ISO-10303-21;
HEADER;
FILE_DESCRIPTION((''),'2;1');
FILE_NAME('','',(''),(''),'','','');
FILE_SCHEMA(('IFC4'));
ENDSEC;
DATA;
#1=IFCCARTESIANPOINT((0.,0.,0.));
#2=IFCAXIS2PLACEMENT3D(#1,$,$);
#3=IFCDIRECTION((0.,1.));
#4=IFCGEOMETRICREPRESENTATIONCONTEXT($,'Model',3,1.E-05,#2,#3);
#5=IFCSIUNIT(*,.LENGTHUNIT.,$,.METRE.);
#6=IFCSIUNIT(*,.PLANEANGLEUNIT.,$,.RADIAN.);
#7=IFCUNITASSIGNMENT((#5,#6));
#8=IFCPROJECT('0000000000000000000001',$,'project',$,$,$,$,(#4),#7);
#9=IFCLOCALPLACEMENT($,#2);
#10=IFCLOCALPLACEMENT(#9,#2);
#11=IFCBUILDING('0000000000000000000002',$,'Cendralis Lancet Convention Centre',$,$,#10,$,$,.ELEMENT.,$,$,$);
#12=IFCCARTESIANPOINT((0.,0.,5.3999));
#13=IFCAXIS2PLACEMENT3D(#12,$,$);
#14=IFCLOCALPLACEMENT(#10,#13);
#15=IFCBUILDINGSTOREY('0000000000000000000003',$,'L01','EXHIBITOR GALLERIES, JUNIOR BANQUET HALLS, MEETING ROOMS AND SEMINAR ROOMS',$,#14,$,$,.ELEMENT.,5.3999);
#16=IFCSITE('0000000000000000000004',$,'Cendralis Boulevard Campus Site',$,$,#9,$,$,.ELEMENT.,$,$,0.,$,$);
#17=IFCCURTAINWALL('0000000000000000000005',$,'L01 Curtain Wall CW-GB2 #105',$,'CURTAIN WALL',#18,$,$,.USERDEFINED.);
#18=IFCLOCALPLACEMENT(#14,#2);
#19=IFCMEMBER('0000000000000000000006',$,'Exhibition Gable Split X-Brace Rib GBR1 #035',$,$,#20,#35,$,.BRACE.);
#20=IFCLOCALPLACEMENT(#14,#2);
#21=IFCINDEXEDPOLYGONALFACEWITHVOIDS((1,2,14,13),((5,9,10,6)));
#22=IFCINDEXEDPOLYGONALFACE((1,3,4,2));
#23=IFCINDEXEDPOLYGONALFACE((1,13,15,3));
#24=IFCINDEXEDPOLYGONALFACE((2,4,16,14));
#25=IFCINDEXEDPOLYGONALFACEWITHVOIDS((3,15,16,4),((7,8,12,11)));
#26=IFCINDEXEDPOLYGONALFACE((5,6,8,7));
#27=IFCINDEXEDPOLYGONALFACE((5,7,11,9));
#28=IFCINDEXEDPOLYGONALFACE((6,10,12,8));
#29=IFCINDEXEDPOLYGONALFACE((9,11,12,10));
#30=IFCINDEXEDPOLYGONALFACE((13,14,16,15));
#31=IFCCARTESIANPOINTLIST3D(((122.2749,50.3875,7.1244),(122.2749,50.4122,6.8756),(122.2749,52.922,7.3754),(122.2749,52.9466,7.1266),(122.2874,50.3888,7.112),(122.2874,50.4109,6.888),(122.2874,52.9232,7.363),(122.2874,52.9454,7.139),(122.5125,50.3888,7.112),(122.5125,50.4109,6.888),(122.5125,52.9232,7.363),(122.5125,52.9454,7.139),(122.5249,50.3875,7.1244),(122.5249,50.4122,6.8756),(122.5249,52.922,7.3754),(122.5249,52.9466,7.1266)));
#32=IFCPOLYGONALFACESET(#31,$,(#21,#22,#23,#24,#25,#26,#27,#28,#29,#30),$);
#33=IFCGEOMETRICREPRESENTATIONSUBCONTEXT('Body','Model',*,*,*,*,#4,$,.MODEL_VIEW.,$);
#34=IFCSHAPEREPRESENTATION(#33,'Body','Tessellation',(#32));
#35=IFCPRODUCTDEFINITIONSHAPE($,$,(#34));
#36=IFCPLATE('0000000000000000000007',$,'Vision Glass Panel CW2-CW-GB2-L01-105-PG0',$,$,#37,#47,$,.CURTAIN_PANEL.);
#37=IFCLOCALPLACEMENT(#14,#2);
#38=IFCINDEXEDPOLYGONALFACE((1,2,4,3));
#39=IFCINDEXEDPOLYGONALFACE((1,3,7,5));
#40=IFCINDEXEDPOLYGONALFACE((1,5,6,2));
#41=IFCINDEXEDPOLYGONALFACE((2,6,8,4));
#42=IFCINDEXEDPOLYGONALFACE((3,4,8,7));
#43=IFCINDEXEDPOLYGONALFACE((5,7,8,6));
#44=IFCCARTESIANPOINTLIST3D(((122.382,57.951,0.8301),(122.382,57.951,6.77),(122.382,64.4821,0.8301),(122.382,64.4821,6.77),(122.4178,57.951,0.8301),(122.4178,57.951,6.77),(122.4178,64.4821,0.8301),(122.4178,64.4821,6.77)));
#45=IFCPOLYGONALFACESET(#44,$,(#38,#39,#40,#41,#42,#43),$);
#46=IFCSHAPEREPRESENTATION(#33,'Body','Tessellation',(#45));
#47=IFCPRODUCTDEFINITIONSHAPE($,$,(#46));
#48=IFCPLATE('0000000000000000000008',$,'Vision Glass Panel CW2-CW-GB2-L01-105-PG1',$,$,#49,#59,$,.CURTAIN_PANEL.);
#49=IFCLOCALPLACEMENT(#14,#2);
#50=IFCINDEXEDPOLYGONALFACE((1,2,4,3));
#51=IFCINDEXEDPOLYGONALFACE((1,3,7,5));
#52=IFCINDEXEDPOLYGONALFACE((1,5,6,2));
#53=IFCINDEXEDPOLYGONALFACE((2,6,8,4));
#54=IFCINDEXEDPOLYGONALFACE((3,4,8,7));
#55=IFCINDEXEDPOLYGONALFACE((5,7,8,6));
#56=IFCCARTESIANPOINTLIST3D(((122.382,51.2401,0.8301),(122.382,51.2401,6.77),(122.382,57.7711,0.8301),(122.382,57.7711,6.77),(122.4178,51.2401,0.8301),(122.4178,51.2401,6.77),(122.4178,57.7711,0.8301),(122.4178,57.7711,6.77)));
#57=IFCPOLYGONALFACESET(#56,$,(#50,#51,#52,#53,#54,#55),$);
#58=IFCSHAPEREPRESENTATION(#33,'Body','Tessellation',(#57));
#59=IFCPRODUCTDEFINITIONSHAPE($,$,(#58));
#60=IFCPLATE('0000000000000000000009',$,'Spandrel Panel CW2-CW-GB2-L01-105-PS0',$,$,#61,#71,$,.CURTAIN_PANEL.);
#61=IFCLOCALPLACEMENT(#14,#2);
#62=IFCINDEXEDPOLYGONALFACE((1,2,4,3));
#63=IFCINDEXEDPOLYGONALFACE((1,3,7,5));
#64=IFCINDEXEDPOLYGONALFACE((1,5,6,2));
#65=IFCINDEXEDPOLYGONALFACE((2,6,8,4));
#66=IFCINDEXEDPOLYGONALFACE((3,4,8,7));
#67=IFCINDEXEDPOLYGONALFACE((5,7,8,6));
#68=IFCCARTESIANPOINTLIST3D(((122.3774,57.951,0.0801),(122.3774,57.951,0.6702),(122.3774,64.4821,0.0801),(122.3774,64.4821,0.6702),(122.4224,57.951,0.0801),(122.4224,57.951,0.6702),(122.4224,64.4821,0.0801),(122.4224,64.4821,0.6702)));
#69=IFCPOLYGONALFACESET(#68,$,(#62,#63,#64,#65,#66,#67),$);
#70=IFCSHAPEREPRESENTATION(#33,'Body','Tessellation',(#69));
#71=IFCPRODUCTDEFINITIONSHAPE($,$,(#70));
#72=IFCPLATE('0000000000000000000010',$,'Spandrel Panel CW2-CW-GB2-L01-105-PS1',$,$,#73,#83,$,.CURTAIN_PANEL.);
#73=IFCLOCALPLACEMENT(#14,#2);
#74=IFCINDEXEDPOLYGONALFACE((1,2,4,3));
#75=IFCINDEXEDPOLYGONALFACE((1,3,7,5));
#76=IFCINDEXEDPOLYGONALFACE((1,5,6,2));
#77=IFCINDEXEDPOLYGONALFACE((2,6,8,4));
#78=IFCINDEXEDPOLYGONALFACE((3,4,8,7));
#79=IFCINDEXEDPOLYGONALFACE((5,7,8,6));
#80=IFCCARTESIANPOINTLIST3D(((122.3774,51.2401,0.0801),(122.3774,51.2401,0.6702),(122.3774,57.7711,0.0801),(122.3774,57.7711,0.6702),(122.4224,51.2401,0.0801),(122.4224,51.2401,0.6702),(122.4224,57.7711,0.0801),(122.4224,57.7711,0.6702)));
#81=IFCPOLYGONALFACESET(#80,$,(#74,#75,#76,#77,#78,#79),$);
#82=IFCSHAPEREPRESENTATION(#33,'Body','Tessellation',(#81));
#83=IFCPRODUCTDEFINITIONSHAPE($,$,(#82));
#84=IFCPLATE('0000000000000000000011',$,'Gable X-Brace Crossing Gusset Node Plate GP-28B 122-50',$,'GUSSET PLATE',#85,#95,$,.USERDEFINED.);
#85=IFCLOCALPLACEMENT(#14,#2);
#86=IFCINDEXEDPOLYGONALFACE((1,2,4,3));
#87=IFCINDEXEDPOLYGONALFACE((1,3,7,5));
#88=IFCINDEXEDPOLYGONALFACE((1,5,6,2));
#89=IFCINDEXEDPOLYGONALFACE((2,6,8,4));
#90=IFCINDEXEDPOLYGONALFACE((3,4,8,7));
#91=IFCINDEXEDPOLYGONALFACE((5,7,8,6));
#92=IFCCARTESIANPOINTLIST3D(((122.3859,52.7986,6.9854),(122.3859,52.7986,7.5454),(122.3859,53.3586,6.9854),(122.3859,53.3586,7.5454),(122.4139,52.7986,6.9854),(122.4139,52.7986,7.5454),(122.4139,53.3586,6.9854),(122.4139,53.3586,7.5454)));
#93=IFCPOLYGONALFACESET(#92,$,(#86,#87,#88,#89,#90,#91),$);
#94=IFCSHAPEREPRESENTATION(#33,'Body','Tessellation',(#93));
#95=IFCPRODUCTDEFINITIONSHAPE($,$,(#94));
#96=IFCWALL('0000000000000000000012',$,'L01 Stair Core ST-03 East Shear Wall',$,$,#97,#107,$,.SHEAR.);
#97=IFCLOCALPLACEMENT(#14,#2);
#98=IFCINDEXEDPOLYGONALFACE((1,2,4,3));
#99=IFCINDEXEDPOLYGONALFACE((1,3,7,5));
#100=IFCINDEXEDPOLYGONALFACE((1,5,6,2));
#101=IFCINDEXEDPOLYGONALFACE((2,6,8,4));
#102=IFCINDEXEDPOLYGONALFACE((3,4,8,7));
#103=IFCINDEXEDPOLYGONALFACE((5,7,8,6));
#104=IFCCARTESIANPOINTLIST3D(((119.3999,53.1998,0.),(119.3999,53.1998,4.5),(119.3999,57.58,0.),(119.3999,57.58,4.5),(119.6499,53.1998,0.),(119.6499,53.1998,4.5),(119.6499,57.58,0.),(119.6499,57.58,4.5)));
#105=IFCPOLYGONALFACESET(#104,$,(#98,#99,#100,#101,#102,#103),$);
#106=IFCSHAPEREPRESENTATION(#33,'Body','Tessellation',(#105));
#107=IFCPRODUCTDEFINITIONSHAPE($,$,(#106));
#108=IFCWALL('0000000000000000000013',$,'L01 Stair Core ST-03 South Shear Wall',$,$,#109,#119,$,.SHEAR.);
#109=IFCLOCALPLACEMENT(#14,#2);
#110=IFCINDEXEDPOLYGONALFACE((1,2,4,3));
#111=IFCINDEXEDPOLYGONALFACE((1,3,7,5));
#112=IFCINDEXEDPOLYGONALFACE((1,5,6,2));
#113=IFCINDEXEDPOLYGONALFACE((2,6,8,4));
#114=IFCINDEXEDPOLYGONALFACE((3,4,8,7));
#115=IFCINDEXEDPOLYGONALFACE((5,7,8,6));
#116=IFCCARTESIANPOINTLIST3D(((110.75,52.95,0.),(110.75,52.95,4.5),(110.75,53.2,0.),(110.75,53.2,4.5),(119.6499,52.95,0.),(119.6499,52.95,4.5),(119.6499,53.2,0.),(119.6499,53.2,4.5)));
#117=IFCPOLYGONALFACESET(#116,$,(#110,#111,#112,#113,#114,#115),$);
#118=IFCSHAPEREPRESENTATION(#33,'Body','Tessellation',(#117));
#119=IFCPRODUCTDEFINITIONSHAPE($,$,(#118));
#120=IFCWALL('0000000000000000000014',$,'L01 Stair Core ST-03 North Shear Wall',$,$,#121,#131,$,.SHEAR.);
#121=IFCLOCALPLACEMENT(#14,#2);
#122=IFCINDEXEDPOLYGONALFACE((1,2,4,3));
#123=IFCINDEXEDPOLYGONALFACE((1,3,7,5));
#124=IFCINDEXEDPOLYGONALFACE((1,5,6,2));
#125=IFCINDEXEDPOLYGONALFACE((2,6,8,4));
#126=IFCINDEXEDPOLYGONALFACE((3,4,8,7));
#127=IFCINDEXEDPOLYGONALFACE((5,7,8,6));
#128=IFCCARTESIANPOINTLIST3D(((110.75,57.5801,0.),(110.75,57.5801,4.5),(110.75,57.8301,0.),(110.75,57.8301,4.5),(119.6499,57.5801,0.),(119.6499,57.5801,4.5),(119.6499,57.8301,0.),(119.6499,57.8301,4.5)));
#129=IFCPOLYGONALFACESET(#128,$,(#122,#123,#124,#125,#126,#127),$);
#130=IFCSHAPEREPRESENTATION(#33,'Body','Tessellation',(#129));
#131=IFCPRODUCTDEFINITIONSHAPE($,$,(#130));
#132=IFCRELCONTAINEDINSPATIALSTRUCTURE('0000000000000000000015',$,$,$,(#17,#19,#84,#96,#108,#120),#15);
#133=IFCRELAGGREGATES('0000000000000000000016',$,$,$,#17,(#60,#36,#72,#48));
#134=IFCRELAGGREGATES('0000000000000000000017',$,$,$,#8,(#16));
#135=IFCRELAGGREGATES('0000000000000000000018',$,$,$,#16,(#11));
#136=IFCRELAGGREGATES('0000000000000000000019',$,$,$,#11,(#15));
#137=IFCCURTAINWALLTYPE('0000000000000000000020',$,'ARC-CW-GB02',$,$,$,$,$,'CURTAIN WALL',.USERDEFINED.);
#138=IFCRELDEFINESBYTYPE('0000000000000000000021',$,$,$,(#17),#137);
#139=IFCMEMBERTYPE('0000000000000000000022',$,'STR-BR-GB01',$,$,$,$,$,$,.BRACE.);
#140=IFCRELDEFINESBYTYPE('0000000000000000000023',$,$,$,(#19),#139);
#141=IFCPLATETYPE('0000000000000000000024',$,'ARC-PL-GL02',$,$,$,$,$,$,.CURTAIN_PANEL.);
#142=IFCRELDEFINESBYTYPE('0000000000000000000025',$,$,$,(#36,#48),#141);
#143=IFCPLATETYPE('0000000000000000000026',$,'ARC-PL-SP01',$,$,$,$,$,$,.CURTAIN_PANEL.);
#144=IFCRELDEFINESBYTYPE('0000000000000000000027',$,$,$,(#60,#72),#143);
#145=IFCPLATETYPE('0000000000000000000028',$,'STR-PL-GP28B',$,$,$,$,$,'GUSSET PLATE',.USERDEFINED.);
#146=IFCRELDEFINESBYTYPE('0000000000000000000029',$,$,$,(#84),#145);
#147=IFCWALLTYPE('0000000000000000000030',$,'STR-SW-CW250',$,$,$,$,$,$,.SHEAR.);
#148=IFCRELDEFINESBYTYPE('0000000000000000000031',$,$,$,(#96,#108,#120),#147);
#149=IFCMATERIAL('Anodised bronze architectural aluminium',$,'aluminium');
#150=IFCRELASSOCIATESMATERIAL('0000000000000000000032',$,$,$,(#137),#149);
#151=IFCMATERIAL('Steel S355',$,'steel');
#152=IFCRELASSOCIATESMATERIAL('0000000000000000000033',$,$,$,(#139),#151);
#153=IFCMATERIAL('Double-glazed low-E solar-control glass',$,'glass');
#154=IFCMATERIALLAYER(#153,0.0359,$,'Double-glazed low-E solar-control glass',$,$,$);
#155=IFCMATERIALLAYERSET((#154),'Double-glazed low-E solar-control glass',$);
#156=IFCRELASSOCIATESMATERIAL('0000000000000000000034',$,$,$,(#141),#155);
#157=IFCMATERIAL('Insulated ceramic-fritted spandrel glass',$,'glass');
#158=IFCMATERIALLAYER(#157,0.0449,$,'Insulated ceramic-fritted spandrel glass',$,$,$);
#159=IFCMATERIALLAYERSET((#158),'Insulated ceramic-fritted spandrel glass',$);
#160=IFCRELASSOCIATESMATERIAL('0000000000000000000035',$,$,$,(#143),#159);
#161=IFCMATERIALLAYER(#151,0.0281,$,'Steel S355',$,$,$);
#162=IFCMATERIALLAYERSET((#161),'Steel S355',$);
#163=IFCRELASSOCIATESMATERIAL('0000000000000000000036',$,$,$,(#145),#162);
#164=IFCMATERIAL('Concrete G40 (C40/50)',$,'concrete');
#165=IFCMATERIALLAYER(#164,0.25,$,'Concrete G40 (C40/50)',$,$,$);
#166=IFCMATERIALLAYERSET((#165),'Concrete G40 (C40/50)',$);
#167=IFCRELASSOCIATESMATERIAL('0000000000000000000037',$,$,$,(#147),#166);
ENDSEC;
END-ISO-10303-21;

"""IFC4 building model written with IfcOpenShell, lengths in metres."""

from ifc_helpers import new_model, si_unit, direction, frame, frame_2d, origin, origin_2d, place, context, subcontext, project, spatial, rectangle, hollow_rectangle, extrude, material, layer, layer_set, material_profile, profile_set, type_object, element, aggregate, save


model = new_model("IFC4")

# Units and contexts
model_context = context("Model", 3, precision=1e-05, world=origin(), true_north=direction((0.0, 1.0)))
body_context = subcontext(model_context, "Body", "Model", "MODEL_VIEW")
ifc_project = project(units=[si_unit("LENGTHUNIT", "METRE"), si_unit("PLANEANGLEUNIT", "RADIAN")], contexts=[model_context])

# Site, building, storey
site_placement = place(None, origin())
site = spatial("IfcSite", under=ifc_project, at=site_placement, Name="Cendralis Boulevard Campus Site", CompositionType="ELEMENT", RefElevation=0.0)
building_placement = place(site_placement, origin())
building = spatial("IfcBuilding", under=site, at=building_placement, Name="Cendralis Lancet Convention Centre", CompositionType="ELEMENT")
storey_placement = place(building_placement, frame((0.0, 0.0, 5.3999)))
storey = spatial("IfcBuildingStorey", under=building, at=storey_placement, Name="L01", Description="EXHIBITOR GALLERIES, JUNIOR BANQUET HALLS, MEETING ROOMS AND SEMINAR ROOMS", CompositionType="ELEMENT", Elevation=5.3999)

# Curtain wall
ifc_material_1 = material(Name="Anodised bronze architectural aluminium", Category="aluminium")
curtain_wall_type = type_object("IfcCurtainWallType", Name="ARC-CW-GB02", ElementType="CURTAIN WALL", PredefinedType="USERDEFINED", material=ifc_material_1)
curtain_wall_placement = place(storey_placement, origin())
curtain_wall = element("IfcCurtainWall", 1, at=curtain_wall_placement, inside=storey, type_object=curtain_wall_type, Name="L01 Curtain Wall CW-GB2 #105", ObjectType="CURTAIN WALL", PredefinedType="USERDEFINED")

# Shared definitions
ifc_material_2 = material(Name="Steel S355", Category="steel")

# Member
ifc_material_profile_1 = material_profile(ifc_material_2, hollow_rectangle(XDim=0.25, YDim=0.25, WallThickness=0.0125, at=origin_2d()), Name="SHS 250x250x12.5")
ifc_profile_set_1 = profile_set([ifc_material_profile_1], Name="Steel S355")
member_type_1 = type_object("IfcMemberType", Name="STR-BR-GB01", PredefinedType="BRACE", material=ifc_profile_set_1)
member_1_placement = place(storey_placement, frame((122.3999, 52.9343, 7.251), z_axis=(0.0, -0.995133, -0.098545), x_axis=(1.0, 0.0, 0.0)))
element("IfcMember", 2, at=member_1_placement, inside=storey, type_object=member_type_1, Name="Exhibition Gable Split X-Brace Rib GBR1 #035", PredefinedType="BRACE", context=body_context, shape_type="SweptSolid", body=[
    extrude(hollow_rectangle(XDim=0.25, YDim=0.25, WallThickness=0.0125, at=origin_2d()), origin(), (0.0, 0.0, 1.0), 2.5469),
])

# Plates
ifc_material_3 = material(Name="Double-glazed low-E solar-control glass", Category="glass")
ifc_layer_1 = layer(ifc_material_3, 0.0359, Name="Double-glazed low-E solar-control glass")
ifc_layer_set_1 = layer_set([ifc_layer_1], Name="Double-glazed low-E solar-control glass")
plate_type_1 = type_object("IfcPlateType", Name="ARC-PL-GL02", PredefinedType="CURTAIN_PANEL", material=ifc_layer_set_1)
plate_1_placement = place(storey_placement, frame((122.3999, 61.2166, 0.8301), z_axis=(0.0, 0.0, 1.0), x_axis=(0.0, -1.0, 0.0)))
plate_1 = element("IfcPlate", 3, at=plate_1_placement, type_object=plate_type_1, Name="Vision Glass Panel CW2-CW-GB2-L01-105-PG0", PredefinedType="CURTAIN_PANEL", context=body_context, shape_type="SweptSolid", body=[
    extrude(rectangle(XDim=6.531, YDim=0.0359, at=origin_2d()), origin(), (0.0, 0.0, 1.0), 5.9399),
])
plate_2_placement = place(storey_placement, frame((122.3999, 54.5056, 0.8301), z_axis=(0.0, 0.0, 1.0), x_axis=(0.0, -1.0, 0.0)))
plate_2 = element("IfcPlate", 4, at=plate_2_placement, type_object=plate_type_1, Name="Vision Glass Panel CW2-CW-GB2-L01-105-PG1", PredefinedType="CURTAIN_PANEL", context=body_context, shape_type="SweptSolid", body=[
    extrude(rectangle(XDim=6.531, YDim=0.0359, at=origin_2d()), origin(), (0.0, 0.0, 1.0), 5.9399),
])
ifc_material_4 = material(Name="Insulated ceramic-fritted spandrel glass", Category="glass")
ifc_layer_2 = layer(ifc_material_4, 0.0449, Name="Insulated ceramic-fritted spandrel glass")
ifc_layer_set_2 = layer_set([ifc_layer_2], Name="Insulated ceramic-fritted spandrel glass")
plate_type_2 = type_object("IfcPlateType", Name="ARC-PL-SP01", PredefinedType="CURTAIN_PANEL", material=ifc_layer_set_2)
plate_3_placement = place(storey_placement, frame((122.3999, 61.2166, 0.0801), z_axis=(0.0, 0.0, 1.0), x_axis=(0.0, -1.0, 0.0)))
plate_3 = element("IfcPlate", 5, at=plate_3_placement, type_object=plate_type_2, Name="Spandrel Panel CW2-CW-GB2-L01-105-PS0", PredefinedType="CURTAIN_PANEL", context=body_context, shape_type="SweptSolid", body=[
    extrude(rectangle(XDim=6.531, YDim=0.0449, at=origin_2d()), origin(), (0.0, 0.0, 1.0), 0.5901),
])
plate_4_placement = place(storey_placement, frame((122.3999, 54.5056, 0.0801), z_axis=(0.0, 0.0, 1.0), x_axis=(0.0, -1.0, 0.0)))
plate_4 = element("IfcPlate", 6, at=plate_4_placement, type_object=plate_type_2, Name="Spandrel Panel CW2-CW-GB2-L01-105-PS1", PredefinedType="CURTAIN_PANEL", context=body_context, shape_type="SweptSolid", body=[
    extrude(rectangle(XDim=6.531, YDim=0.0449, at=origin_2d()), origin(), (0.0, 0.0, 1.0), 0.5901),
])
aggregate(curtain_wall, [plate_3, plate_1, plate_4, plate_2])
ifc_layer_3 = layer(ifc_material_2, 0.0281, Name="Steel S355")
ifc_layer_set_3 = layer_set([ifc_layer_3], Name="Steel S355")
plate_type_3 = type_object("IfcPlateType", Name="STR-PL-GP28B", ElementType="GUSSET PLATE", PredefinedType="USERDEFINED", material=ifc_layer_set_3)
plate_5_placement = place(storey_placement, frame((122.3999, 53.0786, 6.9854), z_axis=(0.0, 0.0, 1.0), x_axis=(0.0, 1.0, 0.0)))
element("IfcPlate", 7, at=plate_5_placement, inside=storey, type_object=plate_type_3, Name="Gable X-Brace Crossing Gusset Node Plate GP-28B 122-50", ObjectType="GUSSET PLATE", PredefinedType="USERDEFINED", context=body_context, shape_type="SweptSolid", body=[
    extrude(rectangle(XDim=0.5601, YDim=0.0281, at=origin_2d()), origin(), (0.0, 0.0, 1.0), 0.5601),
])

# Shared definitions
ifc_material_5 = material(Name="Concrete G40 (C40/50)", Category="concrete")
ifc_layer_4 = layer(ifc_material_5, 0.25, Name="Concrete G40 (C40/50)")
ifc_layer_set_4 = layer_set([ifc_layer_4], Name="Concrete G40 (C40/50)")
wall_type = type_object("IfcWallType", Name="STR-SW-CW250", PredefinedType="SHEAR", material=ifc_layer_set_4)

# Walls
wall_1_placement = place(storey_placement, frame((119.5249, 53.2, 0.0), z_axis=(0.0, 0.0, 1.0), x_axis=(0.0, 1.0, 0.0)))
element("IfcWall", 8, at=wall_1_placement, inside=storey, type_object=wall_type, Name="L01 Stair Core ST-03 East Shear Wall", PredefinedType="SHEAR", context=body_context, shape_type="SweptSolid", body=[
    extrude(rectangle(XDim=4.3801, YDim=0.25, at=frame_2d((2.1899, 0.0))), origin(), (0.0, 0.0, 1.0), 4.5),
])
for number, where, z_axis, x_axis, name in (
    (9, (110.75, 53.075, 0.0), (0.0, 0.0, 1.0), (1.0, 0.0, 0.0), "L01 Stair Core ST-03 South Shear Wall"),
    (10, (110.75, 57.7051, 0.0), (0.0, 0.0, 1.0), (1.0, 0.0, 0.0), "L01 Stair Core ST-03 North Shear Wall"),
):
    element("IfcWall", number, at=place(storey_placement, frame(where, z_axis=z_axis, x_axis=x_axis)), inside=storey, type_object=wall_type, Name=name, PredefinedType="SHEAR", context=body_context, shape_type="SweptSolid", body=[
        extrude(rectangle(XDim=8.8999, YDim=0.25, at=frame_2d((4.45, 0.0))), origin(), (0.0, 0.0, 1.0), 4.5),
    ])

save(model, "model.ifc")
